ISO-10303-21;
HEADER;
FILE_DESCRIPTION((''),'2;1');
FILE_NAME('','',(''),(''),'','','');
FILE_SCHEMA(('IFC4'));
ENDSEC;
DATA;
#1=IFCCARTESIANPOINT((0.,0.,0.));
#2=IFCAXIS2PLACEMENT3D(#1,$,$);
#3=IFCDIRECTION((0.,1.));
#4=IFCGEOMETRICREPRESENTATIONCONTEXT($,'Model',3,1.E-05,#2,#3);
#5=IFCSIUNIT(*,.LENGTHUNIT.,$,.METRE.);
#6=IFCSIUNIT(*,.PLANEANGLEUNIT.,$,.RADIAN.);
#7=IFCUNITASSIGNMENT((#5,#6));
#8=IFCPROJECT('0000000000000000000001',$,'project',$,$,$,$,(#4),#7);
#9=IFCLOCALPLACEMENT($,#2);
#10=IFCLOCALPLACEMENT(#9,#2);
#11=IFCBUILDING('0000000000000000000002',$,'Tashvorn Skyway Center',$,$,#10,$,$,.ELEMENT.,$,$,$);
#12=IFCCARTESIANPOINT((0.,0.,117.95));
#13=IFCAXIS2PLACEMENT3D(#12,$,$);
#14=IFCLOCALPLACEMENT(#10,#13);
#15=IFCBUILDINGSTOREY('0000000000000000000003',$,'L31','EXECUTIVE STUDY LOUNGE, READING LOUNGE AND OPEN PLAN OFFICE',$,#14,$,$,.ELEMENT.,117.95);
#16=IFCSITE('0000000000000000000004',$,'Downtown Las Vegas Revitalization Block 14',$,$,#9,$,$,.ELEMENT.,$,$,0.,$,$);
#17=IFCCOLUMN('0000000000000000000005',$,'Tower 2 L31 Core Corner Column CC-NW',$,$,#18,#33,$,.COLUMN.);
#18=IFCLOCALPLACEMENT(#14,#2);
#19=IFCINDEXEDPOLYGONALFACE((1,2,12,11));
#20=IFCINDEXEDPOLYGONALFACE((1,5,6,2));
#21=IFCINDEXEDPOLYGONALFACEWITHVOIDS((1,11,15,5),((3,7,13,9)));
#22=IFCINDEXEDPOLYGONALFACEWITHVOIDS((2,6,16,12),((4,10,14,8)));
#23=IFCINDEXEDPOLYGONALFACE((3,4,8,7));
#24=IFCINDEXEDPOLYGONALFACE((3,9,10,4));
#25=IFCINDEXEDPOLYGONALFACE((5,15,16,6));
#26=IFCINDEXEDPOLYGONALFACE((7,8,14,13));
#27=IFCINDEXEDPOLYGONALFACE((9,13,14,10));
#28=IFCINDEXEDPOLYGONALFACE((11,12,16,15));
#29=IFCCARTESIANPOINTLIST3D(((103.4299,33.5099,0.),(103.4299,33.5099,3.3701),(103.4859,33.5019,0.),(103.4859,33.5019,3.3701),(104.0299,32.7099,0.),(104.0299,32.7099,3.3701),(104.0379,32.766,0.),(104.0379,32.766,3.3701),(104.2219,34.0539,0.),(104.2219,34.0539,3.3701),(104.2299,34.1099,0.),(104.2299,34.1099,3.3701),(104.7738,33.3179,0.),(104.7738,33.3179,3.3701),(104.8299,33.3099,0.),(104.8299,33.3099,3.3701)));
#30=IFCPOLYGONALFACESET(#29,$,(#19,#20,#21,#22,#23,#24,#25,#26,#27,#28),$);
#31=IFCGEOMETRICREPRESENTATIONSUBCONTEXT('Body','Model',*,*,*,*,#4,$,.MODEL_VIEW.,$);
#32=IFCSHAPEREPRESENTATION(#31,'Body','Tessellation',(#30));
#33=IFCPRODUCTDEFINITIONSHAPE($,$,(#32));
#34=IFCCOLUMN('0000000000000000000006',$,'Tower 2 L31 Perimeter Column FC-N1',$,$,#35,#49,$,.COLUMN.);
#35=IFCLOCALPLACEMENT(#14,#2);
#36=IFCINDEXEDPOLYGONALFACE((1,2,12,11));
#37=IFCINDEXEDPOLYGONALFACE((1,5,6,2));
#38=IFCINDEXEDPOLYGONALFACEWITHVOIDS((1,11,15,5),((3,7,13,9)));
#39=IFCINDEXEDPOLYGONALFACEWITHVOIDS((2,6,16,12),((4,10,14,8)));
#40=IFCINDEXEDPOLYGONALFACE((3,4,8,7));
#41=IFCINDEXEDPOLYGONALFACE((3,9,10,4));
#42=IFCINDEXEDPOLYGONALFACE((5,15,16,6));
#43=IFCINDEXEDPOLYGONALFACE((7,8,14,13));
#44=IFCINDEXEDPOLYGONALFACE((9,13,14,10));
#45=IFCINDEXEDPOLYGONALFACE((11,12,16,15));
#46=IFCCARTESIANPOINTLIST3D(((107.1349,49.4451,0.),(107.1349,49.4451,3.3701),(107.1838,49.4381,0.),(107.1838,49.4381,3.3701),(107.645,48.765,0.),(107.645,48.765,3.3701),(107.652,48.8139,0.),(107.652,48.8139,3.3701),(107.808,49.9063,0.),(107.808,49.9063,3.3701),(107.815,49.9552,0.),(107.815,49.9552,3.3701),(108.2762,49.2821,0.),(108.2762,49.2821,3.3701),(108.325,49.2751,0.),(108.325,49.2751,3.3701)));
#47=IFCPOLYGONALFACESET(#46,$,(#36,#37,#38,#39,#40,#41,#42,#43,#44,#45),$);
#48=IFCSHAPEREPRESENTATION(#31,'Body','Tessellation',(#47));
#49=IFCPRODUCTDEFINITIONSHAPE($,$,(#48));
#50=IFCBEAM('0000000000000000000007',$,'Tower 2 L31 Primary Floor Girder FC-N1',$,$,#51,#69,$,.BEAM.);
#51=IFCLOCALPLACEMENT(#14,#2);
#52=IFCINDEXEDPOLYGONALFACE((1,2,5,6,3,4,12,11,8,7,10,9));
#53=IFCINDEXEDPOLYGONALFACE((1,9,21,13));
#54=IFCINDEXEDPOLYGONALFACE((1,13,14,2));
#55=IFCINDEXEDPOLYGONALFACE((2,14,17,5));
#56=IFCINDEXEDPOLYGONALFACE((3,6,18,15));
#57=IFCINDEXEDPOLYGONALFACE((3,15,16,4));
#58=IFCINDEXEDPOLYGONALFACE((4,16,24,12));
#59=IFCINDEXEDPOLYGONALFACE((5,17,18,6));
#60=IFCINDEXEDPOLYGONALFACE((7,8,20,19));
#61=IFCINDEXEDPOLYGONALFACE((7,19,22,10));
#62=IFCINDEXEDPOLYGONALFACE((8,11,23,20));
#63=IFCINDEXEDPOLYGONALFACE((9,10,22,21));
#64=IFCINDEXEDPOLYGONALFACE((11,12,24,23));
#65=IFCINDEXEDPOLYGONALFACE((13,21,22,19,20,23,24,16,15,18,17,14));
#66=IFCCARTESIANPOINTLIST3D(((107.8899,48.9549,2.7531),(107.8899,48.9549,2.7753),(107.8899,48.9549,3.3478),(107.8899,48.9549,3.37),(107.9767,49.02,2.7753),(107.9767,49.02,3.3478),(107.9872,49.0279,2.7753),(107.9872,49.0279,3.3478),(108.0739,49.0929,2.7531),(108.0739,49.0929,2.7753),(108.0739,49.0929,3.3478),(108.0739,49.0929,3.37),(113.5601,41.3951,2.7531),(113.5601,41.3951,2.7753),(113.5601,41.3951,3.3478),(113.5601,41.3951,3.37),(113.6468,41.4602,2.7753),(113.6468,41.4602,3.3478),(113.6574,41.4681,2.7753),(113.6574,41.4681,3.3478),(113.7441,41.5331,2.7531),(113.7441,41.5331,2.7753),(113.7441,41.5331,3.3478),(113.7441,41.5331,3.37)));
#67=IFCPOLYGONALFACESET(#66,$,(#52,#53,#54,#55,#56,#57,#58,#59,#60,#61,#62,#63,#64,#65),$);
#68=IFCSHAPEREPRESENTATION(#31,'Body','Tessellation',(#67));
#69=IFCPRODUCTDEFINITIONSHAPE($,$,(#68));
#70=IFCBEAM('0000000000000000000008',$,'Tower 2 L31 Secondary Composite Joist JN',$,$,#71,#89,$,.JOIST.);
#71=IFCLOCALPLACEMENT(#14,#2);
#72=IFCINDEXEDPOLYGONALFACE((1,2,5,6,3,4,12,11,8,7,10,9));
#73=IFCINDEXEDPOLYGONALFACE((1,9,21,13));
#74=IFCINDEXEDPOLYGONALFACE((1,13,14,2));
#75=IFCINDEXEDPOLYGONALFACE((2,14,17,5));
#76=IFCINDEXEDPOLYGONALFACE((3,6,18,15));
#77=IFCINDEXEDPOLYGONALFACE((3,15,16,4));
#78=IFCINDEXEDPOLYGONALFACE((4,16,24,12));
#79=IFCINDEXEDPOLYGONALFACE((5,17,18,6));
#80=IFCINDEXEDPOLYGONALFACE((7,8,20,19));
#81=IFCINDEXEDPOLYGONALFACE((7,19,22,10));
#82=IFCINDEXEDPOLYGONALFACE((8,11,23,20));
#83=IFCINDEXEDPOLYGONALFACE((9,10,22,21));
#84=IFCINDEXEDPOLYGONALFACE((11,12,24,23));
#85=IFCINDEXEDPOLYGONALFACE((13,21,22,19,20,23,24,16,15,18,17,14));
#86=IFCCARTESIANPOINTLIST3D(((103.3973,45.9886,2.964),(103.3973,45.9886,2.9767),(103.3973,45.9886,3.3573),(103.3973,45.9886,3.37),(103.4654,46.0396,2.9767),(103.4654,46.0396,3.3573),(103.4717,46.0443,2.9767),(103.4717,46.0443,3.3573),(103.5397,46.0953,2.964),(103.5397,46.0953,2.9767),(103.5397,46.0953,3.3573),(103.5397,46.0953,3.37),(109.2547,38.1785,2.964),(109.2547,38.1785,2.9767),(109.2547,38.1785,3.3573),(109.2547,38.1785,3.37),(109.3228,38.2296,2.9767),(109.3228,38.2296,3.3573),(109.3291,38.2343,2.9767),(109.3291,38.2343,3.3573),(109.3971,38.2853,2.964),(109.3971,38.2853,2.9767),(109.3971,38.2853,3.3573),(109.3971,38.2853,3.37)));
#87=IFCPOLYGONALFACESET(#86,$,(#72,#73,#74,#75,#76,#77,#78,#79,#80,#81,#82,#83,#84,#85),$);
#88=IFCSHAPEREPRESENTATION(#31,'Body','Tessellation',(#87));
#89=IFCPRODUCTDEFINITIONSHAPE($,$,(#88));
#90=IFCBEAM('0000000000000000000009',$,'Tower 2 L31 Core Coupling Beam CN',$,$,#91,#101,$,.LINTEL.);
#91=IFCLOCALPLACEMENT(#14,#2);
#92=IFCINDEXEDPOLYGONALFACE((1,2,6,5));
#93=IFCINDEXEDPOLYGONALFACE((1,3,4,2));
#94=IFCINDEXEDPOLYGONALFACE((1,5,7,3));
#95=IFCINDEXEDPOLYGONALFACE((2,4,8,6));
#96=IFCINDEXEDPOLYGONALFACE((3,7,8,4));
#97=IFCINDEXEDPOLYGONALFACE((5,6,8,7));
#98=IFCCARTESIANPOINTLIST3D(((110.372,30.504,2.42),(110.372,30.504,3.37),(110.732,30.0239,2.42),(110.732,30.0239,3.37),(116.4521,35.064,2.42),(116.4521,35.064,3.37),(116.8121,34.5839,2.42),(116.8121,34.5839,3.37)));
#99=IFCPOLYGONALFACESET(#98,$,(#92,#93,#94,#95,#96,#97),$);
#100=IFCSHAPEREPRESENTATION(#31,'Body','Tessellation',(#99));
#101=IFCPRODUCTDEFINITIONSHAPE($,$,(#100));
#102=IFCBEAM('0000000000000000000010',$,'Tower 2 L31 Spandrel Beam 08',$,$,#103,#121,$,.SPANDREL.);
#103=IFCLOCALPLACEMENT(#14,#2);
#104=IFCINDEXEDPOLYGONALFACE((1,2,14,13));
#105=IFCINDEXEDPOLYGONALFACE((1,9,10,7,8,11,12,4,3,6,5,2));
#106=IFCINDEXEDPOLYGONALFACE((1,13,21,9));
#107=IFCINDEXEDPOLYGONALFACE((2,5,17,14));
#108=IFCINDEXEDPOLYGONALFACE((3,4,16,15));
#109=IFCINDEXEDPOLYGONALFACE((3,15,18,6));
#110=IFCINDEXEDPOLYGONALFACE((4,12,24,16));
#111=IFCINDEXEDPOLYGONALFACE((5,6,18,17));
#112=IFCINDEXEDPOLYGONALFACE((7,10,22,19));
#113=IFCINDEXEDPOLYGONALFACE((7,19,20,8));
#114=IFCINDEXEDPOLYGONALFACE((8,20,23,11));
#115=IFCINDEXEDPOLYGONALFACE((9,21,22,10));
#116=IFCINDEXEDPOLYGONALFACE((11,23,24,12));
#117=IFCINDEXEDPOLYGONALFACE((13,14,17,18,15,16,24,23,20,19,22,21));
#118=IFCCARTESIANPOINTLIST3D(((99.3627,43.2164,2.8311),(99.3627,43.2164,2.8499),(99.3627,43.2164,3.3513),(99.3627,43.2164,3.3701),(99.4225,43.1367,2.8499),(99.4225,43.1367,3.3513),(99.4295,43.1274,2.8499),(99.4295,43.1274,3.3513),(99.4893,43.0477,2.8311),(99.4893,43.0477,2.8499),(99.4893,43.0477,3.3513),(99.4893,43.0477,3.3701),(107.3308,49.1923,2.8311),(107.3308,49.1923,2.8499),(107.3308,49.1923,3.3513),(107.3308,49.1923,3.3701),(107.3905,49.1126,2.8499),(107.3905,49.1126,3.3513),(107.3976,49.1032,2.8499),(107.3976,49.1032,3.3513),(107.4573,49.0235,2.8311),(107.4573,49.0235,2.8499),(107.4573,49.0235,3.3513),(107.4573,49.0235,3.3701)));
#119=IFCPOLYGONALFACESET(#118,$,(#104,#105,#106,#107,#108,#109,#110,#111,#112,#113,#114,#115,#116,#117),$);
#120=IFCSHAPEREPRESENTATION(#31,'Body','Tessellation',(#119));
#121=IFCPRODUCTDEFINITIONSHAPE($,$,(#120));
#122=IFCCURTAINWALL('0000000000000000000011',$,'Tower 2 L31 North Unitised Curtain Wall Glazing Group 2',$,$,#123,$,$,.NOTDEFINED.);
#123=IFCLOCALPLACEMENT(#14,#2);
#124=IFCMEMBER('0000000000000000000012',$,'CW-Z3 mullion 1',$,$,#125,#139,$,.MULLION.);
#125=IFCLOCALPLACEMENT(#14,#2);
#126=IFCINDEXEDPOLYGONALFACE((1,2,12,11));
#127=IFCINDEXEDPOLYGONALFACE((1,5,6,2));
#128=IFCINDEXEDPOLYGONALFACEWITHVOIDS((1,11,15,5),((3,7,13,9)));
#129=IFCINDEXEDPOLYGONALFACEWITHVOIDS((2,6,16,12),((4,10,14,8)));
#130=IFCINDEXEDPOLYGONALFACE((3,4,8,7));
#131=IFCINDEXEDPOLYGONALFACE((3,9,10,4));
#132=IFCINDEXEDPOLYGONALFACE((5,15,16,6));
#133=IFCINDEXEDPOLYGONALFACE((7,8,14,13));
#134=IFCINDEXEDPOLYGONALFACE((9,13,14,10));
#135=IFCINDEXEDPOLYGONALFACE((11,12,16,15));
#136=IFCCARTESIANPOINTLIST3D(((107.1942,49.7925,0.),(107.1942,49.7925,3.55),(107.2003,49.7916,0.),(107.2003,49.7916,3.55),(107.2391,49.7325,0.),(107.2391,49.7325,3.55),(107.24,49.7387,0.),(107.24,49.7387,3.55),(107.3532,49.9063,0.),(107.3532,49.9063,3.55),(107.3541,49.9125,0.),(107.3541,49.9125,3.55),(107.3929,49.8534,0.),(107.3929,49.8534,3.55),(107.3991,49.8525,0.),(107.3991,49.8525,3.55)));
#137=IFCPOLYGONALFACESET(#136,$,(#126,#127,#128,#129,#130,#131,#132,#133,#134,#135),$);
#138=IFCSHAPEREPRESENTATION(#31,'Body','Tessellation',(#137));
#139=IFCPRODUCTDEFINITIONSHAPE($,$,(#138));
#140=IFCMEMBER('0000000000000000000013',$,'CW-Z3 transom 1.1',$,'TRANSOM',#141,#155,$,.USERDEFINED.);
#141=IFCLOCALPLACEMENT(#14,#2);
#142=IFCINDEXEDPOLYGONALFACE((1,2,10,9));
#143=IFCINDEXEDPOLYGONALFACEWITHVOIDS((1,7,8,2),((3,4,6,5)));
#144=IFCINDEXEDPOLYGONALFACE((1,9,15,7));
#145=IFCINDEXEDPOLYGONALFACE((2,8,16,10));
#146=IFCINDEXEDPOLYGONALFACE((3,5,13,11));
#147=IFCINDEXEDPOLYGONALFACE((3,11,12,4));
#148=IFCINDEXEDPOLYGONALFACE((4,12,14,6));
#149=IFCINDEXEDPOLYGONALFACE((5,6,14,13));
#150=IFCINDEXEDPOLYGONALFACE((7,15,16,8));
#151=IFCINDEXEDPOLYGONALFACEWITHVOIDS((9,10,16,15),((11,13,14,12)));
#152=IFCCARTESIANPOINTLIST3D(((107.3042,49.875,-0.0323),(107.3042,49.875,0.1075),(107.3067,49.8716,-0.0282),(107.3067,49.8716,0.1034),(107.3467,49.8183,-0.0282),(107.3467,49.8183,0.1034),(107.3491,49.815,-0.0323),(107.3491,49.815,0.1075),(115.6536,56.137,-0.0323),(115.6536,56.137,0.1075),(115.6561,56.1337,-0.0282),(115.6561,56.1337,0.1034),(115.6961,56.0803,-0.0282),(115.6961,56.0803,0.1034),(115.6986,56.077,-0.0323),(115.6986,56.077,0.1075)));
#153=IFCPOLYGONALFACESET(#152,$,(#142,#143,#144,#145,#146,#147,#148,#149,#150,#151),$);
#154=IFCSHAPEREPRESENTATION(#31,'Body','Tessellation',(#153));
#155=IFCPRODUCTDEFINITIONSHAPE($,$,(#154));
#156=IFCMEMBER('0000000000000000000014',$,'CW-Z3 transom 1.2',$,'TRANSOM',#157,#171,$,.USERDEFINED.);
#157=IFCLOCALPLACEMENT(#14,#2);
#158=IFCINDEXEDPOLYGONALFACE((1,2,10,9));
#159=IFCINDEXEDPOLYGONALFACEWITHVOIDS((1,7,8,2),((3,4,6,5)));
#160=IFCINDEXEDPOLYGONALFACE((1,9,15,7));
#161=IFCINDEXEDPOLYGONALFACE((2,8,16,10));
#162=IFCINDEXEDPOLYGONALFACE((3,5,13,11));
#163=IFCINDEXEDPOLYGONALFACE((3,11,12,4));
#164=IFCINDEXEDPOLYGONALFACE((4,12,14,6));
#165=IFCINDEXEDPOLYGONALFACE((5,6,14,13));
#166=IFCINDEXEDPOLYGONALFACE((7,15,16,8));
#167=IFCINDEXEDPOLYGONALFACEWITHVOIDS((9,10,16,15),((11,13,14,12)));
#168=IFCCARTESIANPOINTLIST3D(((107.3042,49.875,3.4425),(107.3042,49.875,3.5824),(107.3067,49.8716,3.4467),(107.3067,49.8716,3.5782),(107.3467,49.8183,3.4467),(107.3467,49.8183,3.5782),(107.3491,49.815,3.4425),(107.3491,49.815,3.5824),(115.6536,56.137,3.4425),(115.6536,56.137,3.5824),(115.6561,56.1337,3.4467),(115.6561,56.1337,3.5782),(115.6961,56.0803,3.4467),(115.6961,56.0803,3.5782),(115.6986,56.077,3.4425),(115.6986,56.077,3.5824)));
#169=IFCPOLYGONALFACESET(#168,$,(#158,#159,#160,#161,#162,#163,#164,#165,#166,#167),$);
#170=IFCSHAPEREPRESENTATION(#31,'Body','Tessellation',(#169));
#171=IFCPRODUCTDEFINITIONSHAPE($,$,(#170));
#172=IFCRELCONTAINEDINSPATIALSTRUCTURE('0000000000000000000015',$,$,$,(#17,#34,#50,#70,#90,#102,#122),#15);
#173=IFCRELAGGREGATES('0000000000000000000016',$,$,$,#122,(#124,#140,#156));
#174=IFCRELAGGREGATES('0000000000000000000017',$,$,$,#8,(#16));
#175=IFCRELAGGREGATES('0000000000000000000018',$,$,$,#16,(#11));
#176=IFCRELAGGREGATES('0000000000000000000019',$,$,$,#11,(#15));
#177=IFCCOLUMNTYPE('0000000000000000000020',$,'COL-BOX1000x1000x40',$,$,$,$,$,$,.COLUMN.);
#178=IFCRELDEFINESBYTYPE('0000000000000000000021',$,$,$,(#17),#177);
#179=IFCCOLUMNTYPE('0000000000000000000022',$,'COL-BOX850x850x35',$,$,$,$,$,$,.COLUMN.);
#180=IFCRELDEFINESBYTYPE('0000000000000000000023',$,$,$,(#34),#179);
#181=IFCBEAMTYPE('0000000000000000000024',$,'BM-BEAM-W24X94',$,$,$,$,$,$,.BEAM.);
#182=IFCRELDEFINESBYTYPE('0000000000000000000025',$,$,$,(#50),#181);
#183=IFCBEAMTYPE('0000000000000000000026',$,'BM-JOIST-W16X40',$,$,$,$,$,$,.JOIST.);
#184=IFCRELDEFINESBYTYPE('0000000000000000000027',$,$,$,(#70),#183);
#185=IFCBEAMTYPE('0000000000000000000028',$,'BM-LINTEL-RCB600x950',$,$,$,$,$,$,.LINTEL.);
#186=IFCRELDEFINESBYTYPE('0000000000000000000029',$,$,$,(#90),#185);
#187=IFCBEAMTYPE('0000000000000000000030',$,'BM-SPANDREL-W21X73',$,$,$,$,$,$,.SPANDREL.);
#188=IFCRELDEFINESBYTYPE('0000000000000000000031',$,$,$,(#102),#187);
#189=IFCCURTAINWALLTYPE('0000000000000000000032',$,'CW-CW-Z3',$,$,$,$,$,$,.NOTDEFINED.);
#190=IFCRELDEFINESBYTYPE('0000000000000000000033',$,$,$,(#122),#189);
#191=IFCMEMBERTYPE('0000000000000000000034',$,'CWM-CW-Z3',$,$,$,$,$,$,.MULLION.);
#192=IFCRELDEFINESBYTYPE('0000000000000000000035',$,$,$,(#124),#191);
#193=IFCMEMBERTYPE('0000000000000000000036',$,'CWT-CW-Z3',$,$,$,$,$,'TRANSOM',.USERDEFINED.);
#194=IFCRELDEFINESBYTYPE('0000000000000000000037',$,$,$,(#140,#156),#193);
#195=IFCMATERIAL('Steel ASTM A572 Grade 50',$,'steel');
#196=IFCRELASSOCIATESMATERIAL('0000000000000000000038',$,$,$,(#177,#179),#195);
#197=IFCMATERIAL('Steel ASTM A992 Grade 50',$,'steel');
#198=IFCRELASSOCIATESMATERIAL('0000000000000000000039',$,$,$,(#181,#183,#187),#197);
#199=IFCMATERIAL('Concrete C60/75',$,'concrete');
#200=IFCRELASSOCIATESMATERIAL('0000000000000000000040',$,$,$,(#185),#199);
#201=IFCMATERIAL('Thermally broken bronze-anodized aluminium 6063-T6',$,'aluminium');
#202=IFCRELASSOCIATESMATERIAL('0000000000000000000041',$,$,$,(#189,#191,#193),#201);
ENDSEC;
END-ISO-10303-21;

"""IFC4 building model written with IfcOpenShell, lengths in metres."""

from ifc_helpers import new_model, si_unit, direction, frame, origin, origin_2d, place, context, subcontext, project, spatial, rectangle, hollow_rectangle, i_section, extrude, material, material_profile, profile_set, type_object, element, aggregate, save


model = new_model("IFC4")

# Units and contexts
model_context = context("Model", 3, precision=1e-05, world=origin(), true_north=direction((0.0, 1.0)))
body_context = subcontext(model_context, "Body", "Model", "MODEL_VIEW")
ifc_project = project(units=[si_unit("LENGTHUNIT", "METRE"), si_unit("PLANEANGLEUNIT", "RADIAN")], contexts=[model_context])

# Site, building, storey
site_placement = place(None, origin())
site = spatial("IfcSite", under=ifc_project, at=site_placement, Name="Downtown Las Vegas Revitalization Block 14", CompositionType="ELEMENT", RefElevation=0.0)
building_placement = place(site_placement, origin())
building = spatial("IfcBuilding", under=site, at=building_placement, Name="Tashvorn Skyway Center", CompositionType="ELEMENT")
storey_placement = place(building_placement, frame((0.0, 0.0, 117.95)))
storey = spatial("IfcBuildingStorey", under=building, at=storey_placement, Name="L31", Description="EXECUTIVE STUDY LOUNGE, READING LOUNGE AND OPEN PLAN OFFICE", CompositionType="ELEMENT", Elevation=117.95)

# Columns
ifc_material_1 = material(Name="Steel ASTM A572 Grade 50", Category="steel")
ifc_material_profile_1 = material_profile(ifc_material_1, hollow_rectangle(XDim=1.0, YDim=1.0, WallThickness=0.04, at=origin_2d()), Name="BOX1000x1000x40")
ifc_profile_set_1 = profile_set([ifc_material_profile_1], Name="Steel ASTM A572 Grade 50")
column_type_1 = type_object("IfcColumnType", Name="COL-BOX1000x1000x40", PredefinedType="COLUMN", material=ifc_profile_set_1)
column_1_placement = place(storey_placement, frame((104.1299, 33.4099, 0.0), z_axis=(0.0, 0.0, 1.0), x_axis=(0.8, 0.6, 0.0)))
element("IfcColumn", 1, at=column_1_placement, inside=storey, type_object=column_type_1, Name="Tower 2 L31 Core Corner Column CC-NW", PredefinedType="COLUMN", context=body_context, shape_type="SweptSolid", body=[
    extrude(hollow_rectangle(XDim=1.0, YDim=1.0, WallThickness=0.04, at=origin_2d()), origin(), (0.0, 0.0, 1.0), 3.3701),
])
ifc_material_profile_2 = material_profile(ifc_material_1, hollow_rectangle(XDim=0.8501, YDim=0.8501, WallThickness=0.0349, at=origin_2d()), Name="BOX850x850x35")
ifc_profile_set_2 = profile_set([ifc_material_profile_2], Name="Steel ASTM A572 Grade 50")
column_type_2 = type_object("IfcColumnType", Name="COL-BOX850x850x35", PredefinedType="COLUMN", material=ifc_profile_set_2)
column_2_placement = place(storey_placement, frame((107.73, 49.3601, 0.0), z_axis=(0.0, 0.0, 1.0), x_axis=(0.8, 0.6, 0.0)))
element("IfcColumn", 2, at=column_2_placement, inside=storey, type_object=column_type_2, Name="Tower 2 L31 Perimeter Column FC-N1", PredefinedType="COLUMN", context=body_context, shape_type="SweptSolid", body=[
    extrude(hollow_rectangle(XDim=0.8501, YDim=0.8501, WallThickness=0.0349, at=origin_2d()), origin(), (0.0, 0.0, 1.0), 3.3701),
])

# Beams
ifc_material_2 = material(Name="Steel ASTM A992 Grade 50", Category="steel")
ifc_material_profile_3 = material_profile(ifc_material_2, i_section(OverallWidth=0.23, OverallDepth=0.6169, WebThickness=0.0132, FlangeThickness=0.0222, at=origin_2d()), Name="W24X94")
ifc_profile_set_3 = profile_set([ifc_material_profile_3], Name="Steel ASTM A992 Grade 50")
beam_type_1 = type_object("IfcBeamType", Name="BM-BEAM-W24X94", PredefinedType="BEAM", material=ifc_profile_set_3)
beam_1_placement = place(storey_placement, frame((107.9819, 49.0239, 3.0615), z_axis=(0.600021, -0.799984, 0.0), x_axis=(0.799984, 0.600021, 0.0)))
element("IfcBeam", 3, at=beam_1_placement, inside=storey, type_object=beam_type_1, Name="Tower 2 L31 Primary Floor Girder FC-N1", PredefinedType="BEAM", context=body_context, shape_type="SweptSolid", body=[
    extrude(i_section(OverallWidth=0.23, OverallDepth=0.6169, WebThickness=0.0132, FlangeThickness=0.0222, at=origin_2d()), origin(), (0.0, 0.0, 1.0), 9.45),
])
ifc_material_profile_4 = material_profile(ifc_material_2, i_section(OverallWidth=0.178, OverallDepth=0.406, WebThickness=0.0078, FlangeThickness=0.0127, at=origin_2d()), Name="W16X40")
ifc_profile_set_4 = profile_set([ifc_material_profile_4], Name="Steel ASTM A992 Grade 50")
beam_type_2 = type_object("IfcBeamType", Name="BM-JOIST-W16X40", PredefinedType="JOIST", material=ifc_profile_set_4)
beam_2_placement = place(storey_placement, frame((109.3259, 38.2319, 3.167), z_axis=(-0.599992, 0.800006, 0.0), x_axis=(-0.800006, -0.599992, 0.0)))
element("IfcBeam", 4, at=beam_2_placement, inside=storey, type_object=beam_type_2, Name="Tower 2 L31 Secondary Composite Joist JN", PredefinedType="JOIST", context=body_context, shape_type="SweptSolid", body=[
    extrude(i_section(OverallWidth=0.178, OverallDepth=0.406, WebThickness=0.0078, FlangeThickness=0.0127, at=origin_2d()), origin(), (0.0, 0.0, 1.0), 9.7625),
])
ifc_material_3 = material(Name="Concrete C60/75", Category="concrete")
ifc_material_profile_5 = material_profile(ifc_material_3, rectangle(XDim=0.6001, YDim=0.95, at=origin_2d()), Name="RCB600x950")
ifc_profile_set_5 = profile_set([ifc_material_profile_5], Name="Concrete C60/75")
beam_type_3 = type_object("IfcBeamType", Name="BM-LINTEL-RCB600x950", PredefinedType="LINTEL", material=ifc_profile_set_5)
beam_3_placement = place(storey_placement, frame((110.552, 30.2639, 2.895), z_axis=(0.8, 0.6, 0.0), x_axis=(-0.6, 0.8, 0.0)))
element("IfcBeam", 5, at=beam_3_placement, inside=storey, type_object=beam_type_3, Name="Tower 2 L31 Core Coupling Beam CN", PredefinedType="LINTEL", context=body_context, shape_type="SweptSolid", body=[
    extrude(rectangle(XDim=0.6001, YDim=0.95, at=origin_2d()), origin(), (0.0, 0.0, 1.0), 7.6001),
])
ifc_material_profile_6 = material_profile(ifc_material_2, i_section(OverallWidth=0.2109, OverallDepth=0.5391, WebThickness=0.0117, FlangeThickness=0.0188, at=origin_2d()), Name="W21X73")
ifc_profile_set_6 = profile_set([ifc_material_profile_6], Name="Steel ASTM A992 Grade 50")
beam_type_4 = type_object("IfcBeamType", Name="BM-SPANDREL-W21X73", PredefinedType="SPANDREL", material=ifc_profile_set_6)
beam_4_placement = place(storey_placement, frame((107.394, 49.1079, 3.1006), z_axis=(-0.800009, -0.599988, 0.0), x_axis=(0.599988, -0.800009, 0.0)))
element("IfcBeam", 6, at=beam_4_placement, inside=storey, type_object=beam_type_4, Name="Tower 2 L31 Spandrel Beam 08", PredefinedType="SPANDREL", context=body_context, shape_type="SweptSolid", body=[
    extrude(i_section(OverallWidth=0.2109, OverallDepth=0.5391, WebThickness=0.0117, FlangeThickness=0.0188, at=origin_2d()), origin(), (0.0, 0.0, 1.0), 9.96),
])

# Curtain wall, members
ifc_material_4 = material(Name="Thermally broken bronze-anodized aluminium 6063-T6", Category="aluminium")
curtain_wall_type = type_object("IfcCurtainWallType", Name="CW-CW-Z3", PredefinedType="NOTDEFINED", material=ifc_material_4)
curtain_wall_placement = place(storey_placement, origin())
curtain_wall = element("IfcCurtainWall", 7, at=curtain_wall_placement, inside=storey, type_object=curtain_wall_type, Name="Tower 2 L31 North Unitised Curtain Wall Glazing Group 2", PredefinedType="NOTDEFINED")
ifc_material_profile_7 = material_profile(ifc_material_4, hollow_rectangle(XDim=0.075, YDim=0.2, WallThickness=0.0044, at=origin_2d()), Name="ALU-MULL-75x200")
ifc_profile_set_7 = profile_set([ifc_material_profile_7], Name="Thermally broken bronze-anodized aluminium 6063-T6")
member_type_1 = type_object("IfcMemberType", Name="CWM-CW-Z3", PredefinedType="MULLION", material=ifc_profile_set_7)
member_1_placement = place(storey_placement, frame((107.2966, 49.8225, 0.0), z_axis=(0.0, 0.0, 1.0), x_axis=(-0.600002, 0.799999, 0.0)))
member_1 = element("IfcMember", 8, at=member_1_placement, type_object=member_type_1, Name="CW-Z3 mullion 1", PredefinedType="MULLION", context=body_context, shape_type="SweptSolid", body=[
    extrude(hollow_rectangle(XDim=0.075, YDim=0.2, WallThickness=0.0044, at=origin_2d()), origin(), (0.0, 0.0, 1.0), 3.55),
])
ifc_material_profile_8 = material_profile(ifc_material_4, hollow_rectangle(XDim=0.075, YDim=0.1399, WallThickness=0.0042, at=origin_2d()), Name="ALU-TRAN-75x140")
ifc_profile_set_8 = profile_set([ifc_material_profile_8], Name="Thermally broken bronze-anodized aluminium 6063-T6")
member_type_2 = type_object("IfcMemberType", Name="CWT-CW-Z3", ElementType="TRANSOM", PredefinedType="USERDEFINED", material=ifc_profile_set_8)
member_2_placement = place(storey_placement, frame((107.3267, 49.845, 0.0376), z_axis=(0.800003, 0.599996, 0.0), x_axis=(-0.599996, 0.800003, 0.0)))
member_2 = element("IfcMember", 9, at=member_2_placement, type_object=member_type_2, Name="CW-Z3 transom 1.1", ObjectType="TRANSOM", PredefinedType="USERDEFINED", context=body_context, shape_type="SweptSolid", body=[
    extrude(hollow_rectangle(XDim=0.075, YDim=0.1399, WallThickness=0.0042, at=origin_2d()), origin(), (0.0, 0.0, 1.0), 10.4368),
])
member_3_placement = place(storey_placement, frame((107.3267, 49.845, 3.5125), z_axis=(0.800003, 0.599996, 0.0), x_axis=(-0.599996, 0.800003, 0.0)))
member_3 = element("IfcMember", 10, at=member_3_placement, type_object=member_type_2, Name="CW-Z3 transom 1.2", ObjectType="TRANSOM", PredefinedType="USERDEFINED", context=body_context, shape_type="SweptSolid", body=[
    extrude(hollow_rectangle(XDim=0.075, YDim=0.1399, WallThickness=0.0042, at=origin_2d()), origin(), (0.0, 0.0, 1.0), 10.4368),
])
aggregate(curtain_wall, [member_1, member_2, member_3])

save(model, "model.ifc")
